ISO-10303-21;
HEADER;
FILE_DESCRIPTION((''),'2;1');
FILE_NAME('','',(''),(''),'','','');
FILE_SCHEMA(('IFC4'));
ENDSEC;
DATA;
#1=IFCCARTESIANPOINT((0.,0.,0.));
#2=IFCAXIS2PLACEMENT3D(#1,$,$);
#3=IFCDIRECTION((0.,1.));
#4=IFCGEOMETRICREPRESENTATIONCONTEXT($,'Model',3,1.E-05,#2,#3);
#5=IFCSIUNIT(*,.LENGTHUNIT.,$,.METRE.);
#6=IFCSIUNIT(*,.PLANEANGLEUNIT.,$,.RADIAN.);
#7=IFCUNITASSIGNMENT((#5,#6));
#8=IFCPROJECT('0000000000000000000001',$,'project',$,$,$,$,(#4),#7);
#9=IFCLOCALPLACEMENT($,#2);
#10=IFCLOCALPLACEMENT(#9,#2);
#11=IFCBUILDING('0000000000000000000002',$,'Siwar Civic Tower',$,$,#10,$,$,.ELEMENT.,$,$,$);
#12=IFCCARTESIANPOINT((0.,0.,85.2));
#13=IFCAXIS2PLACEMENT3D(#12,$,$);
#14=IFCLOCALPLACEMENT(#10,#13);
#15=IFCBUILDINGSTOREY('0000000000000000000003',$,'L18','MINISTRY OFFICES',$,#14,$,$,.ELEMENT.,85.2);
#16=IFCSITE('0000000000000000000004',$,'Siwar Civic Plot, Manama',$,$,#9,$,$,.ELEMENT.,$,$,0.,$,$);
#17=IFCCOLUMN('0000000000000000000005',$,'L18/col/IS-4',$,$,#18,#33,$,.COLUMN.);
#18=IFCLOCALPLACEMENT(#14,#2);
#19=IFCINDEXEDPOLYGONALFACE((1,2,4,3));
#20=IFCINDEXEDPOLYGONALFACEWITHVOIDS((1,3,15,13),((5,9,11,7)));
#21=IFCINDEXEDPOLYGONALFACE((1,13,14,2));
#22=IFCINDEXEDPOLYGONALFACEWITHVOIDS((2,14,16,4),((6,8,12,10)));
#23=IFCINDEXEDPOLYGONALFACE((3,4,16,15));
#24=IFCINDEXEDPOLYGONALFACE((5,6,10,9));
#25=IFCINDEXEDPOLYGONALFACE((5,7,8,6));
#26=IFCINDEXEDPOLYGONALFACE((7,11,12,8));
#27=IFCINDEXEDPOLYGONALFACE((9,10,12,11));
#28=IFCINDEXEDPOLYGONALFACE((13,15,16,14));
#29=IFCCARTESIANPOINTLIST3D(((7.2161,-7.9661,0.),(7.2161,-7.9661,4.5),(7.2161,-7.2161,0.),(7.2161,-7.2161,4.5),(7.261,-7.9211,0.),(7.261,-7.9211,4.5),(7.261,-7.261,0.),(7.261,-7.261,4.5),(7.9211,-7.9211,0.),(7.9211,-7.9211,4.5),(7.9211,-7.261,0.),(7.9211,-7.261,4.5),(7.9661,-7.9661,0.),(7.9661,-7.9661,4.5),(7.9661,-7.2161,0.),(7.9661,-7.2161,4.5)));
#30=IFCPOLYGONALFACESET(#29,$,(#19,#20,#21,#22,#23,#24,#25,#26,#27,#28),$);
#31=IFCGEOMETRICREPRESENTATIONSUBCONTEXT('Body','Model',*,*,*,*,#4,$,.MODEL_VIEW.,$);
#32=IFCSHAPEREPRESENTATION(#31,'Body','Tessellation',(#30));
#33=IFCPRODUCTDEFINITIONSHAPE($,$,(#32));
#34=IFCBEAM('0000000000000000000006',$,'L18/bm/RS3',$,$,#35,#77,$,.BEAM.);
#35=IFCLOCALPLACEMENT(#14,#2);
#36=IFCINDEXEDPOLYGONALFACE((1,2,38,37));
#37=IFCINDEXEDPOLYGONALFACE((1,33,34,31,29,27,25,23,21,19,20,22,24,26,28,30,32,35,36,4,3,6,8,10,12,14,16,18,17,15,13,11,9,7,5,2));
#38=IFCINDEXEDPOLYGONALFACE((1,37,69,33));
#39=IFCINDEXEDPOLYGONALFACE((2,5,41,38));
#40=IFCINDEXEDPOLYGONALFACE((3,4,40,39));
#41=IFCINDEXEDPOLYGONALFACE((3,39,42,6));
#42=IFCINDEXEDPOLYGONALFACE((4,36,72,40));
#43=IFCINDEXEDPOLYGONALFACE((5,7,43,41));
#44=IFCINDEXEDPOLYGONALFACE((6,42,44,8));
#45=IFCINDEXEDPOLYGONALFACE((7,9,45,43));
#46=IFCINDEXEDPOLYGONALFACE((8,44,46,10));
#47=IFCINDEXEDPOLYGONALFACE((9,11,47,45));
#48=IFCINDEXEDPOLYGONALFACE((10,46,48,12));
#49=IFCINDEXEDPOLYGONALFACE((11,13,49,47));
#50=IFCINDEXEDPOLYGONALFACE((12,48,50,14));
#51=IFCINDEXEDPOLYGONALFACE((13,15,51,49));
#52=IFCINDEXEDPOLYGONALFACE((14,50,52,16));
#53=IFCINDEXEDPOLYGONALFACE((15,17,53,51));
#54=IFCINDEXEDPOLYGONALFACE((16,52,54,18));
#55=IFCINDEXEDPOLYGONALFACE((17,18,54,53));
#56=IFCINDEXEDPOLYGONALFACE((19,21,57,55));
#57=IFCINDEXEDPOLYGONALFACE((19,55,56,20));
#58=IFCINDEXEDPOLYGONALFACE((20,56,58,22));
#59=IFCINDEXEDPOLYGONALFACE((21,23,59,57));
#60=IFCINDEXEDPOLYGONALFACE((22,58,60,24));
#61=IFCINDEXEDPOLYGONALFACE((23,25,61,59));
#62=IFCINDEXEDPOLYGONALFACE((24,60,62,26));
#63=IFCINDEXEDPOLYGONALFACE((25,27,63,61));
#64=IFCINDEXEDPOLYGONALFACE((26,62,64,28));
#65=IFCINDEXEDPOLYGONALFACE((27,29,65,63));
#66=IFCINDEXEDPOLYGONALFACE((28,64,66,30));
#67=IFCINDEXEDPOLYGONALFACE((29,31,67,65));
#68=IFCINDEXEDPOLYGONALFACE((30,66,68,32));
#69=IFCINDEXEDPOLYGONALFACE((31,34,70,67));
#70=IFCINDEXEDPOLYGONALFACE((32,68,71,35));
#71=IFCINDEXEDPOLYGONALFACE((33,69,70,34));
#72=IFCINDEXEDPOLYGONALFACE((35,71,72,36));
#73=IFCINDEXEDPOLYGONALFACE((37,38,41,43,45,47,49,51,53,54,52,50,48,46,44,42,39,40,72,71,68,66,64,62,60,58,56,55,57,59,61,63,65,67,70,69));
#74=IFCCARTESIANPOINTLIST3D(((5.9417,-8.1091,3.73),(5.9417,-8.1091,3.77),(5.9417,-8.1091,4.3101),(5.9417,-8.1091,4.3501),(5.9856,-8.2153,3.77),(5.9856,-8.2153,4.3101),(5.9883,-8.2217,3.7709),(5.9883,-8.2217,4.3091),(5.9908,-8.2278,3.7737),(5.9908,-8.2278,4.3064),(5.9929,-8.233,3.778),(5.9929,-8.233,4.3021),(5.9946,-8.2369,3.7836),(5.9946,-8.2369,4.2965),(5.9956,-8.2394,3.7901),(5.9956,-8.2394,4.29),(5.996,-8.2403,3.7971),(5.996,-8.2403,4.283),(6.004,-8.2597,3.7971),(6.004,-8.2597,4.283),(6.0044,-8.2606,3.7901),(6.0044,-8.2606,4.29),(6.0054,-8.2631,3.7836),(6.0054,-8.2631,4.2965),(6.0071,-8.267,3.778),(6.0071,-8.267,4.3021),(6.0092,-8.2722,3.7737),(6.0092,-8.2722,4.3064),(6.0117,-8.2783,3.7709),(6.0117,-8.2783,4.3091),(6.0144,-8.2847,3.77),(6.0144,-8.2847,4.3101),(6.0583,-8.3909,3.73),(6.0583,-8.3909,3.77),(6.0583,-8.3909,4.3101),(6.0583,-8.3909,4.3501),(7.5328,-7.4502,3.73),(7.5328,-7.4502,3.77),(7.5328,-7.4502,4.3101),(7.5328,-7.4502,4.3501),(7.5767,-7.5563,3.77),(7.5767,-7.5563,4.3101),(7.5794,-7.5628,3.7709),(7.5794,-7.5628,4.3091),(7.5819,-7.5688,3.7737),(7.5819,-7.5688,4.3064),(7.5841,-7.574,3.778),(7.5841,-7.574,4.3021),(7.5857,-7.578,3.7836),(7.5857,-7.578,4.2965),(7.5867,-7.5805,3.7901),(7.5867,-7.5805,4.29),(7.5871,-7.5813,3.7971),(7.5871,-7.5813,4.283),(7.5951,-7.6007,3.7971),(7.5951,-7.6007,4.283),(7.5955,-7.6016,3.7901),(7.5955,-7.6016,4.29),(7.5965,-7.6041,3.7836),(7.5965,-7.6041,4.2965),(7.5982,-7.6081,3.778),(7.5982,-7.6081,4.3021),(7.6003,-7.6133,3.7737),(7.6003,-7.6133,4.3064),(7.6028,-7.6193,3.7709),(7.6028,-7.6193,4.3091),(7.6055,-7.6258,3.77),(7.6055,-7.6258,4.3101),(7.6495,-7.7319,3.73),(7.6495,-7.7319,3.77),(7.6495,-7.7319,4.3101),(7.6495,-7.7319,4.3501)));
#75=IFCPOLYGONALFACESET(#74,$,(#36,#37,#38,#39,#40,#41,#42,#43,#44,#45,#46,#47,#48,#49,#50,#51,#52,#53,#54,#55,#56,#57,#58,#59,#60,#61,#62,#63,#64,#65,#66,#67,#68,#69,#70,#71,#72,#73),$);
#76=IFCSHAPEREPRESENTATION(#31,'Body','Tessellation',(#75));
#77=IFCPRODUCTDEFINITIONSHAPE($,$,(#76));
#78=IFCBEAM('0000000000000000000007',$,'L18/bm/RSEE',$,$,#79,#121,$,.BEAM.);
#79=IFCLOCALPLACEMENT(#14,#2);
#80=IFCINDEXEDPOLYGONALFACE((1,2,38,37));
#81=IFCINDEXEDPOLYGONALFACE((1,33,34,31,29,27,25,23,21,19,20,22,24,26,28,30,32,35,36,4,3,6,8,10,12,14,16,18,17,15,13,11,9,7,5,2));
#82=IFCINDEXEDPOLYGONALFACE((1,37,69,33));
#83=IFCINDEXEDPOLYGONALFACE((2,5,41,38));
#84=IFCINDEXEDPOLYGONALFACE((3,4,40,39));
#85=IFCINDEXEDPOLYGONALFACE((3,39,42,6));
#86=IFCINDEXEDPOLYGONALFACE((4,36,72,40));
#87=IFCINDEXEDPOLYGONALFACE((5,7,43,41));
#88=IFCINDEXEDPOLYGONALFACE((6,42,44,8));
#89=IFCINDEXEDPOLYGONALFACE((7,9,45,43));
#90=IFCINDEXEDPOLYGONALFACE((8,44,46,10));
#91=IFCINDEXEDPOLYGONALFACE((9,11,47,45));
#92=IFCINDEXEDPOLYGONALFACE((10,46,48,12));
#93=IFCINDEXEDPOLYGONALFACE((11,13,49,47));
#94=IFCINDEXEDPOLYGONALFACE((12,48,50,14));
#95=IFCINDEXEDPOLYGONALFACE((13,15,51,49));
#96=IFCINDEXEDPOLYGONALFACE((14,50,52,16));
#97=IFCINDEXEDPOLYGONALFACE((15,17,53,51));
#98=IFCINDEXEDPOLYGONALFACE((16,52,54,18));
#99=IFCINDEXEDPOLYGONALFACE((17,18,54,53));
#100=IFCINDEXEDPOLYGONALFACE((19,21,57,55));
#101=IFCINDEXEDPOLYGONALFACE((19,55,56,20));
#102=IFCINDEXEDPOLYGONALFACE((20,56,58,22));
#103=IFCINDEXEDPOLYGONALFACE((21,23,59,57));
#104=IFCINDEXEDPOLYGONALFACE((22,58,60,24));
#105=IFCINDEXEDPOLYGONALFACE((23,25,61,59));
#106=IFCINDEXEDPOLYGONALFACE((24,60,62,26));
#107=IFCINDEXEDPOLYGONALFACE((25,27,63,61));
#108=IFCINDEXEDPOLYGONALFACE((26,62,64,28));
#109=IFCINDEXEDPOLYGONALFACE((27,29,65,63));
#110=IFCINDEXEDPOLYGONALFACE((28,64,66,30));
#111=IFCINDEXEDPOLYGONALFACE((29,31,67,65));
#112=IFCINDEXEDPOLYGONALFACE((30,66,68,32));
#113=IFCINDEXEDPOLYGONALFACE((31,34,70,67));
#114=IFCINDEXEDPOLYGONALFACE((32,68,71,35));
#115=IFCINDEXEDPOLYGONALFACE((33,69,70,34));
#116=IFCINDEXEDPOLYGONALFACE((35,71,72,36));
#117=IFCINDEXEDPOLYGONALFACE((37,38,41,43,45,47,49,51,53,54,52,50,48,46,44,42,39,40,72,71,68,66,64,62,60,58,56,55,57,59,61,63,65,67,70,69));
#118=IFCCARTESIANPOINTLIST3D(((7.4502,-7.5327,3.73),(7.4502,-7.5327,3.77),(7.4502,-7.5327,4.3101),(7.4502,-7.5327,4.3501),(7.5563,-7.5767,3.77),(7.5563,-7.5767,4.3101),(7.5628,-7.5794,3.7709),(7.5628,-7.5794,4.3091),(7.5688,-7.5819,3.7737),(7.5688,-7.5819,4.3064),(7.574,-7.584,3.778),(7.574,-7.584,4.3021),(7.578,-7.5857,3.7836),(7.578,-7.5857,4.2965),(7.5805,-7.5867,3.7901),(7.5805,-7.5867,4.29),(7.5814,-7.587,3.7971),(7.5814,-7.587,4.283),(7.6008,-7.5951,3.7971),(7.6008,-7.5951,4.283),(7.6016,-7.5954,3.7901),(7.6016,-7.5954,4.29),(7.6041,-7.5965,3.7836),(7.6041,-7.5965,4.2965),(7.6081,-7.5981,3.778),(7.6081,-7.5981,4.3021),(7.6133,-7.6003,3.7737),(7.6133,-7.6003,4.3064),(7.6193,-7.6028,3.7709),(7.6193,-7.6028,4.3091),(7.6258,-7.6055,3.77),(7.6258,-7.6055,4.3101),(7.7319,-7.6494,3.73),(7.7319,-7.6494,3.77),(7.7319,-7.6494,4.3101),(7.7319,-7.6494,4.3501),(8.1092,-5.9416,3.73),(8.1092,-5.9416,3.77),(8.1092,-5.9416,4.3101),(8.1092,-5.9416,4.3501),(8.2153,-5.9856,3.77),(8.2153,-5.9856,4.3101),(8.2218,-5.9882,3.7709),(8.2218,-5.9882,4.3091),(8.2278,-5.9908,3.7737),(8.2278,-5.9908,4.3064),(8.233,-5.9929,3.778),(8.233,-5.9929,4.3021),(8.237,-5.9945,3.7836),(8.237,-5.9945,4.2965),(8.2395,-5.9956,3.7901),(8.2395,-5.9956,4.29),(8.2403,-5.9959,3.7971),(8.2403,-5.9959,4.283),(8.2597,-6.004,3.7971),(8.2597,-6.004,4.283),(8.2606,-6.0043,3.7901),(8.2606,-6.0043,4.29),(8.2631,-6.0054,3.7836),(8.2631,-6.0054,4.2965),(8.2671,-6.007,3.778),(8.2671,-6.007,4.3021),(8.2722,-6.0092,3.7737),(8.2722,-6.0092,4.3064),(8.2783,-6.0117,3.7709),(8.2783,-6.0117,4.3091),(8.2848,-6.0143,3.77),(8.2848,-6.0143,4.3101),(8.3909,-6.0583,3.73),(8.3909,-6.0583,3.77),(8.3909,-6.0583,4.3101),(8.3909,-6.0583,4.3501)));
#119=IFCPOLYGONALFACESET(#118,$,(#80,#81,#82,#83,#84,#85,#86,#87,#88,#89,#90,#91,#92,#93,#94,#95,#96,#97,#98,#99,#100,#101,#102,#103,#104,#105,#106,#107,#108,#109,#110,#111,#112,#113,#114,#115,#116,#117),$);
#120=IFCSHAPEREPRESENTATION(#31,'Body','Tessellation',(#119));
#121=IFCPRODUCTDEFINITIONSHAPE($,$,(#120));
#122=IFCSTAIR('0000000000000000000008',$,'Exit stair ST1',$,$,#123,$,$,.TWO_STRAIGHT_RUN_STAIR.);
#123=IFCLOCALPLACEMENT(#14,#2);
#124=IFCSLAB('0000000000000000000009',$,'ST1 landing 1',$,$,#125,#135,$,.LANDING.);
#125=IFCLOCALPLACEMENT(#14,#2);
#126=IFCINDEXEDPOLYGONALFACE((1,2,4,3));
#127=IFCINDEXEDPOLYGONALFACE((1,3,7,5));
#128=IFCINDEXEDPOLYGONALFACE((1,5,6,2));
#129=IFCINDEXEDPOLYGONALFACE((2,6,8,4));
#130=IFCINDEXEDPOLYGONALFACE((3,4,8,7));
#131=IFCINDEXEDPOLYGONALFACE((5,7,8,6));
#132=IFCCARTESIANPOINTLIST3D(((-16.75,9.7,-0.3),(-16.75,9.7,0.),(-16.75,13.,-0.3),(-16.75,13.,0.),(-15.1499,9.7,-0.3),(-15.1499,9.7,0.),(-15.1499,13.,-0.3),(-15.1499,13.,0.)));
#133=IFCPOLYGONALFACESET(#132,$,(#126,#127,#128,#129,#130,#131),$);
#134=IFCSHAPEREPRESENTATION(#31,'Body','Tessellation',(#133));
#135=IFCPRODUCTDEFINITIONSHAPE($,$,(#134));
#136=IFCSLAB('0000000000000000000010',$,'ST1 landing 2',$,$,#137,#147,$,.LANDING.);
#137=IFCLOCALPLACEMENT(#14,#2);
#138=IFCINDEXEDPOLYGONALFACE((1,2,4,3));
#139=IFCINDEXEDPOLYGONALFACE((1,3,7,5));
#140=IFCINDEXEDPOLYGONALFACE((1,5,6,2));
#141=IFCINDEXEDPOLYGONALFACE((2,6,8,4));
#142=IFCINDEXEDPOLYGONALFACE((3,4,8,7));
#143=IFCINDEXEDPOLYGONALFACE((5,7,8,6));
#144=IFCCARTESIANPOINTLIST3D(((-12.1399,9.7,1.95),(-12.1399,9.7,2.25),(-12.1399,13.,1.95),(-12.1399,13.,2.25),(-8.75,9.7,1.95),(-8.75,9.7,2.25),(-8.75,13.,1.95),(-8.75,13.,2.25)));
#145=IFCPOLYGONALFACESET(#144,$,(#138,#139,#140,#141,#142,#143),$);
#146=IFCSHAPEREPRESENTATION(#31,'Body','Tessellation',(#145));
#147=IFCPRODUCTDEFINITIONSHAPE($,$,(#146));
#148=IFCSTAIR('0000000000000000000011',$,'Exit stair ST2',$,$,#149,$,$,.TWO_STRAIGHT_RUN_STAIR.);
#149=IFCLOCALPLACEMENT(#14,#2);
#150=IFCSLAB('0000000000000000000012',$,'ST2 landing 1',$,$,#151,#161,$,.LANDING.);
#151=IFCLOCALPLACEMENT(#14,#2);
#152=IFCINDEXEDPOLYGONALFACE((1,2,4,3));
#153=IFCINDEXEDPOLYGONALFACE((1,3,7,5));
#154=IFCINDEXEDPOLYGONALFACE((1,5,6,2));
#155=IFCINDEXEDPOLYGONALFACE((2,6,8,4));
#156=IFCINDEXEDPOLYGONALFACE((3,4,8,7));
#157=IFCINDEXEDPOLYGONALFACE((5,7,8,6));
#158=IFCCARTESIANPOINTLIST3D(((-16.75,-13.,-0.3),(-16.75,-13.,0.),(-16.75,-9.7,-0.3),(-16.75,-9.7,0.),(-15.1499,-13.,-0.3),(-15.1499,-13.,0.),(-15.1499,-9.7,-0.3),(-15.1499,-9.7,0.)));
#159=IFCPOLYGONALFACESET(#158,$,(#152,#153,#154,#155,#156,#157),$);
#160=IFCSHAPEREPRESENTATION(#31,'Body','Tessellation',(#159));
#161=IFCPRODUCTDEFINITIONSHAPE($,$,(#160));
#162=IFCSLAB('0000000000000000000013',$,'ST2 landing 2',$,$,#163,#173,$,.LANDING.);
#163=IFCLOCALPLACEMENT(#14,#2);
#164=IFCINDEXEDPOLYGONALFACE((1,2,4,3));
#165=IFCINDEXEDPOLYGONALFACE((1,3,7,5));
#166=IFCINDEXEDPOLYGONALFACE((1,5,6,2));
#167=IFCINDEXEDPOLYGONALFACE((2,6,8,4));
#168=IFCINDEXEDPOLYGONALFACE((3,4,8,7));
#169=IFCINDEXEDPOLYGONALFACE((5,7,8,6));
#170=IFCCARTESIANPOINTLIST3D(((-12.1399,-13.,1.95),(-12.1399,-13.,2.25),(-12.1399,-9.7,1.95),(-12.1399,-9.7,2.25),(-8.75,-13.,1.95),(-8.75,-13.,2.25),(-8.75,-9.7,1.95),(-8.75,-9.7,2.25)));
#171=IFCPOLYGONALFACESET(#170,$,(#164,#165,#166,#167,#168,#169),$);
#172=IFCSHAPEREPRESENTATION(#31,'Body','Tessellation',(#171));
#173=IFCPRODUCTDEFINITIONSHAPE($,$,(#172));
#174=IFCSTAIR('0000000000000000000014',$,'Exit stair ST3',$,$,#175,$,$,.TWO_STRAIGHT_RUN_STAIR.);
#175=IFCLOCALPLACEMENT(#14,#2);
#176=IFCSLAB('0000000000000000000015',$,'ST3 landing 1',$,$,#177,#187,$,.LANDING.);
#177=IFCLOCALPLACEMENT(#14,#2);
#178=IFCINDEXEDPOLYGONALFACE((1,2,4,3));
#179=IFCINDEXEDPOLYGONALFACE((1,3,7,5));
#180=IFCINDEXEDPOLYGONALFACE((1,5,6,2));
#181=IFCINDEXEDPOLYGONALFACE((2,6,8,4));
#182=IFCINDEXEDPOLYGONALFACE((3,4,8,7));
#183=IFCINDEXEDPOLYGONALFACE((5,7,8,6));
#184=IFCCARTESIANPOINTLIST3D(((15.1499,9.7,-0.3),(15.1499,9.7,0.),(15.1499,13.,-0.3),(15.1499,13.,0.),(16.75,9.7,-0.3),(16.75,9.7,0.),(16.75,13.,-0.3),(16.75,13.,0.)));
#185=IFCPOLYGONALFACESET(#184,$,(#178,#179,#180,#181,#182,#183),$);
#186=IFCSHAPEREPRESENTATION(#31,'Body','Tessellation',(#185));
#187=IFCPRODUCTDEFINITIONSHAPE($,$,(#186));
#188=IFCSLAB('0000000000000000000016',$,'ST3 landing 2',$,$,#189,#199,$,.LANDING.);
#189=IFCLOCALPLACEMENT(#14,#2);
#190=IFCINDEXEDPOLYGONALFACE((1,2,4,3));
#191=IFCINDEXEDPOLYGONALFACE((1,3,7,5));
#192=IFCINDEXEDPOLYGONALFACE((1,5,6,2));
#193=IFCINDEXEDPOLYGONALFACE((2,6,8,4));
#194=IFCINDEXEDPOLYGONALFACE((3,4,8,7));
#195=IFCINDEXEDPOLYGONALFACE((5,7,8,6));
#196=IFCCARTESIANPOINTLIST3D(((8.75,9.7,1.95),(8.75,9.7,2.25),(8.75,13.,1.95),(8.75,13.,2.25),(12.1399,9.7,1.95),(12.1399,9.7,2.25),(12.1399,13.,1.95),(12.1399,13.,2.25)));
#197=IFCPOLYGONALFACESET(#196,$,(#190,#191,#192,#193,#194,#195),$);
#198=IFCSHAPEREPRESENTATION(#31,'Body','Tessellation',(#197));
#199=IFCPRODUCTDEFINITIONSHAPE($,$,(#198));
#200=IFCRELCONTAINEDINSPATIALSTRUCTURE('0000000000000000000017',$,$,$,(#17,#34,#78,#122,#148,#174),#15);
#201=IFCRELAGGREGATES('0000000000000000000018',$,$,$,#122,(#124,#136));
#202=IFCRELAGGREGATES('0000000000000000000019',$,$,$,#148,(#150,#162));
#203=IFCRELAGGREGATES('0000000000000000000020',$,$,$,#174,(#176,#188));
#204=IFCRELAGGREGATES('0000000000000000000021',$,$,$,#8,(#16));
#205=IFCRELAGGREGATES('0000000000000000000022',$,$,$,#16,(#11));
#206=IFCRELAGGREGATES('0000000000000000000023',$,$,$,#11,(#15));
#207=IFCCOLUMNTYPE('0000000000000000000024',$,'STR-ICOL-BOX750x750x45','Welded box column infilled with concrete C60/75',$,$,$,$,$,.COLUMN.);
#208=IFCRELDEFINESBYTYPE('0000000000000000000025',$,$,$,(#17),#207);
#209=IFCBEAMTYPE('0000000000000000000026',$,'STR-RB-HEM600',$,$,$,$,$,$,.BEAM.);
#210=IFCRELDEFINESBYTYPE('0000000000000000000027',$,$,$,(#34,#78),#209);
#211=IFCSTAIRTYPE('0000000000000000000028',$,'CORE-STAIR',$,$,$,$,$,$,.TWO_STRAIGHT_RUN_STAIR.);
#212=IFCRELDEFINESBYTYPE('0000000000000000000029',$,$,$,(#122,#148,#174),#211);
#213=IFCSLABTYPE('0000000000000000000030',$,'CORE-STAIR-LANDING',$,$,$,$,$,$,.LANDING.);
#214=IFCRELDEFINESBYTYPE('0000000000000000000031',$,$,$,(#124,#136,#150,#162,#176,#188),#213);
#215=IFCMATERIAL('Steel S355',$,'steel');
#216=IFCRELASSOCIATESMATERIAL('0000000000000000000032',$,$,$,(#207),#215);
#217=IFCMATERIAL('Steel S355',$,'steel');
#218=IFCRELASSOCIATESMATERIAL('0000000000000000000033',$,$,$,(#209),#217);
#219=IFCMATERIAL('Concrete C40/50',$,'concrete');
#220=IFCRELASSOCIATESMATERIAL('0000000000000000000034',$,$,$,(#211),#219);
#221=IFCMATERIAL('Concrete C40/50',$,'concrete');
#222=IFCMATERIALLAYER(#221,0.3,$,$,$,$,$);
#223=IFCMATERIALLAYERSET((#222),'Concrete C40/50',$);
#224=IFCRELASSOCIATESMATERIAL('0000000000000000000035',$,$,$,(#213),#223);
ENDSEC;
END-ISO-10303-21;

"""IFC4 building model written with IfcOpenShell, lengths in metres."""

from ifc_helpers import new_model, si_unit, direction, frame, origin, origin_2d, place, context, subcontext, project, spatial, polyline, hollow_rectangle, i_section, outline, extrude, material, layer, layer_set, material_profile, profile_set, type_object, element, aggregate, save


model = new_model("IFC4")

# Units and contexts
model_context = context("Model", 3, precision=1e-05, world=origin(), true_north=direction((0.0, 1.0)))
body_context = subcontext(model_context, "Body", "Model", "MODEL_VIEW")
ifc_project = project(units=[si_unit("LENGTHUNIT", "METRE"), si_unit("PLANEANGLEUNIT", "RADIAN")], contexts=[model_context])

# Site, building, storey
site_placement = place(None, origin())
site = spatial("IfcSite", under=ifc_project, at=site_placement, Name="Siwar Civic Plot, Manama", CompositionType="ELEMENT", RefElevation=0.0)
building_placement = place(site_placement, origin())
building = spatial("IfcBuilding", under=site, at=building_placement, Name="Siwar Civic Tower", CompositionType="ELEMENT")
storey_placement = place(building_placement, frame((0.0, 0.0, 85.2)))
storey = spatial("IfcBuildingStorey", under=building, at=storey_placement, Name="L18", Description="MINISTRY OFFICES", CompositionType="ELEMENT", Elevation=85.2)

# Column
ifc_material_1 = material(Name="Steel S355", Category="steel")
ifc_material_profile_1 = material_profile(ifc_material_1, hollow_rectangle(XDim=0.75, YDim=0.75, WallThickness=0.0449, at=origin_2d()), Name="BOX750x750x45")
ifc_profile_set_1 = profile_set([ifc_material_profile_1], Name="Steel S355")
column_type = type_object("IfcColumnType", Name="STR-ICOL-BOX750x750x45", Description="Welded box column infilled with concrete C60/75", PredefinedType="COLUMN", material=ifc_profile_set_1)
column_placement = place(storey_placement, frame((7.5911, -7.5911, 0.0), z_axis=(0.0, 0.0, 1.0), x_axis=(1.0, 0.0, 0.0)))
element("IfcColumn", 1, at=column_placement, inside=storey, type_object=column_type, Name="L18/col/IS-4", PredefinedType="COLUMN", context=body_context, shape_type="SweptSolid", body=[
    extrude(hollow_rectangle(XDim=0.75, YDim=0.75, WallThickness=0.0449, at=origin_2d()), origin(), (0.0, 0.0, 1.0), 4.5),
])

# Beams
ifc_material_2 = material(Name="Steel S355", Category="steel")
ifc_material_profile_2 = material_profile(ifc_material_2, i_section(OverallWidth=0.3049, OverallDepth=0.6201, WebThickness=0.021, FlangeThickness=0.04, FilletRadius=0.0271, at=origin_2d()), Name="HEM600")
ifc_profile_set_2 = profile_set([ifc_material_profile_2], Name="Steel S355")
beam_type = type_object("IfcBeamType", Name="STR-RB-HEM600", PredefinedType="BEAM", material=ifc_profile_set_2)
for number, where, z_axis, x_axis, name in (
    (2, (6.0, -8.25, 4.04), (0.923901, 0.382631, 0.0), (-0.382631, 0.923901, 0.0), "L18/bm/RS3"),
    (3, (7.5911, -7.5911, 4.04), (0.382631, 0.923901, 0.0), (-0.923901, 0.382631, 0.0), "L18/bm/RSEE"),
):
    element("IfcBeam", number, at=place(storey_placement, frame(where, z_axis=z_axis, x_axis=x_axis)), inside=storey, type_object=beam_type, Name=name, PredefinedType="BEAM", context=body_context, shape_type="SweptSolid", body=[
        extrude(i_section(OverallWidth=0.3049, OverallDepth=0.6201, WebThickness=0.021, FlangeThickness=0.04, FilletRadius=0.0271, at=origin_2d()), origin(), (0.0, 0.0, 1.0), 1.7222),
    ])

# Stairs, slabs
ifc_material_3 = material(Name="Concrete C40/50", Category="concrete")
stair_type = type_object("IfcStairType", Name="CORE-STAIR", PredefinedType="TWO_STRAIGHT_RUN_STAIR", material=ifc_material_3)
stair_1_placement = place(storey_placement, origin())
stair_1 = element("IfcStair", 4, at=stair_1_placement, inside=storey, type_object=stair_type, Name="Exit stair ST1", PredefinedType="TWO_STRAIGHT_RUN_STAIR")
ifc_material_4 = material(Name="Concrete C40/50", Category="concrete")
ifc_layer_1 = layer(ifc_material_4, 0.3)
ifc_layer_set_1 = layer_set([ifc_layer_1], Name="Concrete C40/50")
slab_type_1 = type_object("IfcSlabType", Name="CORE-STAIR-LANDING", PredefinedType="LANDING", material=ifc_layer_set_1)
slab_1_placement = place(storey_placement, frame((0.0, 0.0, -0.3)))
slab_1 = element("IfcSlab", 5, at=slab_1_placement, type_object=slab_type_1, Name="ST1 landing 1", PredefinedType="LANDING", context=body_context, shape_type="SweptSolid", body=[
    extrude(outline(polyline([(-15.1499, 13.0), (-16.75, 13.0), (-16.75, 9.7), (-15.1499, 9.7), (-15.1499, 13.0)])), origin(), (0.0, 0.0, 1.0), 0.3),
])
slab_2_placement = place(storey_placement, frame((0.0, 0.0, 1.95)))
slab_2 = element("IfcSlab", 6, at=slab_2_placement, type_object=slab_type_1, Name="ST1 landing 2", PredefinedType="LANDING", context=body_context, shape_type="SweptSolid", body=[
    extrude(outline(polyline([(-8.75, 13.0), (-12.1399, 13.0), (-12.1399, 9.7), (-8.75, 9.7), (-8.75, 13.0)])), origin(), (0.0, 0.0, 1.0), 0.3),
])
aggregate(stair_1, [slab_1, slab_2])
stair_2_placement = place(storey_placement, origin())
stair_2 = element("IfcStair", 7, at=stair_2_placement, inside=storey, type_object=stair_type, Name="Exit stair ST2", PredefinedType="TWO_STRAIGHT_RUN_STAIR")
slab_3_placement = place(storey_placement, frame((0.0, 0.0, -0.3)))
slab_3 = element("IfcSlab", 8, at=slab_3_placement, type_object=slab_type_1, Name="ST2 landing 1", PredefinedType="LANDING", context=body_context, shape_type="SweptSolid", body=[
    extrude(outline(polyline([(-15.1499, -9.7), (-16.75, -9.7), (-16.75, -13.0), (-15.1499, -13.0), (-15.1499, -9.7)])), origin(), (0.0, 0.0, 1.0), 0.3),
])
slab_4_placement = place(storey_placement, frame((0.0, 0.0, 1.95)))
slab_4 = element("IfcSlab", 9, at=slab_4_placement, type_object=slab_type_1, Name="ST2 landing 2", PredefinedType="LANDING", context=body_context, shape_type="SweptSolid", body=[
    extrude(outline(polyline([(-8.75, -9.7), (-12.1399, -9.7), (-12.1399, -13.0), (-8.75, -13.0), (-8.75, -9.7)])), origin(), (0.0, 0.0, 1.0), 0.3),
])
aggregate(stair_2, [slab_3, slab_4])
stair_3_placement = place(storey_placement, origin())
stair_3 = element("IfcStair", 10, at=stair_3_placement, inside=storey, type_object=stair_type, Name="Exit stair ST3", PredefinedType="TWO_STRAIGHT_RUN_STAIR")
slab_5_placement = place(storey_placement, frame((0.0, 0.0, -0.3)))
slab_5 = element("IfcSlab", 11, at=slab_5_placement, type_object=slab_type_1, Name="ST3 landing 1", PredefinedType="LANDING", context=body_context, shape_type="SweptSolid", body=[
    extrude(outline(polyline([(15.1499, 9.7), (16.75, 9.7), (16.75, 13.0), (15.1499, 13.0), (15.1499, 9.7)])), origin(), (0.0, 0.0, 1.0), 0.3),
])
slab_6_placement = place(storey_placement, frame((0.0, 0.0, 1.95)))
slab_6 = element("IfcSlab", 12, at=slab_6_placement, type_object=slab_type_1, Name="ST3 landing 2", PredefinedType="LANDING", context=body_context, shape_type="SweptSolid", body=[
    extrude(outline(polyline([(8.75, 9.7), (12.1399, 9.7), (12.1399, 13.0), (8.75, 13.0), (8.75, 9.7)])), origin(), (0.0, 0.0, 1.0), 0.3),
])
aggregate(stair_3, [slab_5, slab_6])

save(model, "model.ifc")
